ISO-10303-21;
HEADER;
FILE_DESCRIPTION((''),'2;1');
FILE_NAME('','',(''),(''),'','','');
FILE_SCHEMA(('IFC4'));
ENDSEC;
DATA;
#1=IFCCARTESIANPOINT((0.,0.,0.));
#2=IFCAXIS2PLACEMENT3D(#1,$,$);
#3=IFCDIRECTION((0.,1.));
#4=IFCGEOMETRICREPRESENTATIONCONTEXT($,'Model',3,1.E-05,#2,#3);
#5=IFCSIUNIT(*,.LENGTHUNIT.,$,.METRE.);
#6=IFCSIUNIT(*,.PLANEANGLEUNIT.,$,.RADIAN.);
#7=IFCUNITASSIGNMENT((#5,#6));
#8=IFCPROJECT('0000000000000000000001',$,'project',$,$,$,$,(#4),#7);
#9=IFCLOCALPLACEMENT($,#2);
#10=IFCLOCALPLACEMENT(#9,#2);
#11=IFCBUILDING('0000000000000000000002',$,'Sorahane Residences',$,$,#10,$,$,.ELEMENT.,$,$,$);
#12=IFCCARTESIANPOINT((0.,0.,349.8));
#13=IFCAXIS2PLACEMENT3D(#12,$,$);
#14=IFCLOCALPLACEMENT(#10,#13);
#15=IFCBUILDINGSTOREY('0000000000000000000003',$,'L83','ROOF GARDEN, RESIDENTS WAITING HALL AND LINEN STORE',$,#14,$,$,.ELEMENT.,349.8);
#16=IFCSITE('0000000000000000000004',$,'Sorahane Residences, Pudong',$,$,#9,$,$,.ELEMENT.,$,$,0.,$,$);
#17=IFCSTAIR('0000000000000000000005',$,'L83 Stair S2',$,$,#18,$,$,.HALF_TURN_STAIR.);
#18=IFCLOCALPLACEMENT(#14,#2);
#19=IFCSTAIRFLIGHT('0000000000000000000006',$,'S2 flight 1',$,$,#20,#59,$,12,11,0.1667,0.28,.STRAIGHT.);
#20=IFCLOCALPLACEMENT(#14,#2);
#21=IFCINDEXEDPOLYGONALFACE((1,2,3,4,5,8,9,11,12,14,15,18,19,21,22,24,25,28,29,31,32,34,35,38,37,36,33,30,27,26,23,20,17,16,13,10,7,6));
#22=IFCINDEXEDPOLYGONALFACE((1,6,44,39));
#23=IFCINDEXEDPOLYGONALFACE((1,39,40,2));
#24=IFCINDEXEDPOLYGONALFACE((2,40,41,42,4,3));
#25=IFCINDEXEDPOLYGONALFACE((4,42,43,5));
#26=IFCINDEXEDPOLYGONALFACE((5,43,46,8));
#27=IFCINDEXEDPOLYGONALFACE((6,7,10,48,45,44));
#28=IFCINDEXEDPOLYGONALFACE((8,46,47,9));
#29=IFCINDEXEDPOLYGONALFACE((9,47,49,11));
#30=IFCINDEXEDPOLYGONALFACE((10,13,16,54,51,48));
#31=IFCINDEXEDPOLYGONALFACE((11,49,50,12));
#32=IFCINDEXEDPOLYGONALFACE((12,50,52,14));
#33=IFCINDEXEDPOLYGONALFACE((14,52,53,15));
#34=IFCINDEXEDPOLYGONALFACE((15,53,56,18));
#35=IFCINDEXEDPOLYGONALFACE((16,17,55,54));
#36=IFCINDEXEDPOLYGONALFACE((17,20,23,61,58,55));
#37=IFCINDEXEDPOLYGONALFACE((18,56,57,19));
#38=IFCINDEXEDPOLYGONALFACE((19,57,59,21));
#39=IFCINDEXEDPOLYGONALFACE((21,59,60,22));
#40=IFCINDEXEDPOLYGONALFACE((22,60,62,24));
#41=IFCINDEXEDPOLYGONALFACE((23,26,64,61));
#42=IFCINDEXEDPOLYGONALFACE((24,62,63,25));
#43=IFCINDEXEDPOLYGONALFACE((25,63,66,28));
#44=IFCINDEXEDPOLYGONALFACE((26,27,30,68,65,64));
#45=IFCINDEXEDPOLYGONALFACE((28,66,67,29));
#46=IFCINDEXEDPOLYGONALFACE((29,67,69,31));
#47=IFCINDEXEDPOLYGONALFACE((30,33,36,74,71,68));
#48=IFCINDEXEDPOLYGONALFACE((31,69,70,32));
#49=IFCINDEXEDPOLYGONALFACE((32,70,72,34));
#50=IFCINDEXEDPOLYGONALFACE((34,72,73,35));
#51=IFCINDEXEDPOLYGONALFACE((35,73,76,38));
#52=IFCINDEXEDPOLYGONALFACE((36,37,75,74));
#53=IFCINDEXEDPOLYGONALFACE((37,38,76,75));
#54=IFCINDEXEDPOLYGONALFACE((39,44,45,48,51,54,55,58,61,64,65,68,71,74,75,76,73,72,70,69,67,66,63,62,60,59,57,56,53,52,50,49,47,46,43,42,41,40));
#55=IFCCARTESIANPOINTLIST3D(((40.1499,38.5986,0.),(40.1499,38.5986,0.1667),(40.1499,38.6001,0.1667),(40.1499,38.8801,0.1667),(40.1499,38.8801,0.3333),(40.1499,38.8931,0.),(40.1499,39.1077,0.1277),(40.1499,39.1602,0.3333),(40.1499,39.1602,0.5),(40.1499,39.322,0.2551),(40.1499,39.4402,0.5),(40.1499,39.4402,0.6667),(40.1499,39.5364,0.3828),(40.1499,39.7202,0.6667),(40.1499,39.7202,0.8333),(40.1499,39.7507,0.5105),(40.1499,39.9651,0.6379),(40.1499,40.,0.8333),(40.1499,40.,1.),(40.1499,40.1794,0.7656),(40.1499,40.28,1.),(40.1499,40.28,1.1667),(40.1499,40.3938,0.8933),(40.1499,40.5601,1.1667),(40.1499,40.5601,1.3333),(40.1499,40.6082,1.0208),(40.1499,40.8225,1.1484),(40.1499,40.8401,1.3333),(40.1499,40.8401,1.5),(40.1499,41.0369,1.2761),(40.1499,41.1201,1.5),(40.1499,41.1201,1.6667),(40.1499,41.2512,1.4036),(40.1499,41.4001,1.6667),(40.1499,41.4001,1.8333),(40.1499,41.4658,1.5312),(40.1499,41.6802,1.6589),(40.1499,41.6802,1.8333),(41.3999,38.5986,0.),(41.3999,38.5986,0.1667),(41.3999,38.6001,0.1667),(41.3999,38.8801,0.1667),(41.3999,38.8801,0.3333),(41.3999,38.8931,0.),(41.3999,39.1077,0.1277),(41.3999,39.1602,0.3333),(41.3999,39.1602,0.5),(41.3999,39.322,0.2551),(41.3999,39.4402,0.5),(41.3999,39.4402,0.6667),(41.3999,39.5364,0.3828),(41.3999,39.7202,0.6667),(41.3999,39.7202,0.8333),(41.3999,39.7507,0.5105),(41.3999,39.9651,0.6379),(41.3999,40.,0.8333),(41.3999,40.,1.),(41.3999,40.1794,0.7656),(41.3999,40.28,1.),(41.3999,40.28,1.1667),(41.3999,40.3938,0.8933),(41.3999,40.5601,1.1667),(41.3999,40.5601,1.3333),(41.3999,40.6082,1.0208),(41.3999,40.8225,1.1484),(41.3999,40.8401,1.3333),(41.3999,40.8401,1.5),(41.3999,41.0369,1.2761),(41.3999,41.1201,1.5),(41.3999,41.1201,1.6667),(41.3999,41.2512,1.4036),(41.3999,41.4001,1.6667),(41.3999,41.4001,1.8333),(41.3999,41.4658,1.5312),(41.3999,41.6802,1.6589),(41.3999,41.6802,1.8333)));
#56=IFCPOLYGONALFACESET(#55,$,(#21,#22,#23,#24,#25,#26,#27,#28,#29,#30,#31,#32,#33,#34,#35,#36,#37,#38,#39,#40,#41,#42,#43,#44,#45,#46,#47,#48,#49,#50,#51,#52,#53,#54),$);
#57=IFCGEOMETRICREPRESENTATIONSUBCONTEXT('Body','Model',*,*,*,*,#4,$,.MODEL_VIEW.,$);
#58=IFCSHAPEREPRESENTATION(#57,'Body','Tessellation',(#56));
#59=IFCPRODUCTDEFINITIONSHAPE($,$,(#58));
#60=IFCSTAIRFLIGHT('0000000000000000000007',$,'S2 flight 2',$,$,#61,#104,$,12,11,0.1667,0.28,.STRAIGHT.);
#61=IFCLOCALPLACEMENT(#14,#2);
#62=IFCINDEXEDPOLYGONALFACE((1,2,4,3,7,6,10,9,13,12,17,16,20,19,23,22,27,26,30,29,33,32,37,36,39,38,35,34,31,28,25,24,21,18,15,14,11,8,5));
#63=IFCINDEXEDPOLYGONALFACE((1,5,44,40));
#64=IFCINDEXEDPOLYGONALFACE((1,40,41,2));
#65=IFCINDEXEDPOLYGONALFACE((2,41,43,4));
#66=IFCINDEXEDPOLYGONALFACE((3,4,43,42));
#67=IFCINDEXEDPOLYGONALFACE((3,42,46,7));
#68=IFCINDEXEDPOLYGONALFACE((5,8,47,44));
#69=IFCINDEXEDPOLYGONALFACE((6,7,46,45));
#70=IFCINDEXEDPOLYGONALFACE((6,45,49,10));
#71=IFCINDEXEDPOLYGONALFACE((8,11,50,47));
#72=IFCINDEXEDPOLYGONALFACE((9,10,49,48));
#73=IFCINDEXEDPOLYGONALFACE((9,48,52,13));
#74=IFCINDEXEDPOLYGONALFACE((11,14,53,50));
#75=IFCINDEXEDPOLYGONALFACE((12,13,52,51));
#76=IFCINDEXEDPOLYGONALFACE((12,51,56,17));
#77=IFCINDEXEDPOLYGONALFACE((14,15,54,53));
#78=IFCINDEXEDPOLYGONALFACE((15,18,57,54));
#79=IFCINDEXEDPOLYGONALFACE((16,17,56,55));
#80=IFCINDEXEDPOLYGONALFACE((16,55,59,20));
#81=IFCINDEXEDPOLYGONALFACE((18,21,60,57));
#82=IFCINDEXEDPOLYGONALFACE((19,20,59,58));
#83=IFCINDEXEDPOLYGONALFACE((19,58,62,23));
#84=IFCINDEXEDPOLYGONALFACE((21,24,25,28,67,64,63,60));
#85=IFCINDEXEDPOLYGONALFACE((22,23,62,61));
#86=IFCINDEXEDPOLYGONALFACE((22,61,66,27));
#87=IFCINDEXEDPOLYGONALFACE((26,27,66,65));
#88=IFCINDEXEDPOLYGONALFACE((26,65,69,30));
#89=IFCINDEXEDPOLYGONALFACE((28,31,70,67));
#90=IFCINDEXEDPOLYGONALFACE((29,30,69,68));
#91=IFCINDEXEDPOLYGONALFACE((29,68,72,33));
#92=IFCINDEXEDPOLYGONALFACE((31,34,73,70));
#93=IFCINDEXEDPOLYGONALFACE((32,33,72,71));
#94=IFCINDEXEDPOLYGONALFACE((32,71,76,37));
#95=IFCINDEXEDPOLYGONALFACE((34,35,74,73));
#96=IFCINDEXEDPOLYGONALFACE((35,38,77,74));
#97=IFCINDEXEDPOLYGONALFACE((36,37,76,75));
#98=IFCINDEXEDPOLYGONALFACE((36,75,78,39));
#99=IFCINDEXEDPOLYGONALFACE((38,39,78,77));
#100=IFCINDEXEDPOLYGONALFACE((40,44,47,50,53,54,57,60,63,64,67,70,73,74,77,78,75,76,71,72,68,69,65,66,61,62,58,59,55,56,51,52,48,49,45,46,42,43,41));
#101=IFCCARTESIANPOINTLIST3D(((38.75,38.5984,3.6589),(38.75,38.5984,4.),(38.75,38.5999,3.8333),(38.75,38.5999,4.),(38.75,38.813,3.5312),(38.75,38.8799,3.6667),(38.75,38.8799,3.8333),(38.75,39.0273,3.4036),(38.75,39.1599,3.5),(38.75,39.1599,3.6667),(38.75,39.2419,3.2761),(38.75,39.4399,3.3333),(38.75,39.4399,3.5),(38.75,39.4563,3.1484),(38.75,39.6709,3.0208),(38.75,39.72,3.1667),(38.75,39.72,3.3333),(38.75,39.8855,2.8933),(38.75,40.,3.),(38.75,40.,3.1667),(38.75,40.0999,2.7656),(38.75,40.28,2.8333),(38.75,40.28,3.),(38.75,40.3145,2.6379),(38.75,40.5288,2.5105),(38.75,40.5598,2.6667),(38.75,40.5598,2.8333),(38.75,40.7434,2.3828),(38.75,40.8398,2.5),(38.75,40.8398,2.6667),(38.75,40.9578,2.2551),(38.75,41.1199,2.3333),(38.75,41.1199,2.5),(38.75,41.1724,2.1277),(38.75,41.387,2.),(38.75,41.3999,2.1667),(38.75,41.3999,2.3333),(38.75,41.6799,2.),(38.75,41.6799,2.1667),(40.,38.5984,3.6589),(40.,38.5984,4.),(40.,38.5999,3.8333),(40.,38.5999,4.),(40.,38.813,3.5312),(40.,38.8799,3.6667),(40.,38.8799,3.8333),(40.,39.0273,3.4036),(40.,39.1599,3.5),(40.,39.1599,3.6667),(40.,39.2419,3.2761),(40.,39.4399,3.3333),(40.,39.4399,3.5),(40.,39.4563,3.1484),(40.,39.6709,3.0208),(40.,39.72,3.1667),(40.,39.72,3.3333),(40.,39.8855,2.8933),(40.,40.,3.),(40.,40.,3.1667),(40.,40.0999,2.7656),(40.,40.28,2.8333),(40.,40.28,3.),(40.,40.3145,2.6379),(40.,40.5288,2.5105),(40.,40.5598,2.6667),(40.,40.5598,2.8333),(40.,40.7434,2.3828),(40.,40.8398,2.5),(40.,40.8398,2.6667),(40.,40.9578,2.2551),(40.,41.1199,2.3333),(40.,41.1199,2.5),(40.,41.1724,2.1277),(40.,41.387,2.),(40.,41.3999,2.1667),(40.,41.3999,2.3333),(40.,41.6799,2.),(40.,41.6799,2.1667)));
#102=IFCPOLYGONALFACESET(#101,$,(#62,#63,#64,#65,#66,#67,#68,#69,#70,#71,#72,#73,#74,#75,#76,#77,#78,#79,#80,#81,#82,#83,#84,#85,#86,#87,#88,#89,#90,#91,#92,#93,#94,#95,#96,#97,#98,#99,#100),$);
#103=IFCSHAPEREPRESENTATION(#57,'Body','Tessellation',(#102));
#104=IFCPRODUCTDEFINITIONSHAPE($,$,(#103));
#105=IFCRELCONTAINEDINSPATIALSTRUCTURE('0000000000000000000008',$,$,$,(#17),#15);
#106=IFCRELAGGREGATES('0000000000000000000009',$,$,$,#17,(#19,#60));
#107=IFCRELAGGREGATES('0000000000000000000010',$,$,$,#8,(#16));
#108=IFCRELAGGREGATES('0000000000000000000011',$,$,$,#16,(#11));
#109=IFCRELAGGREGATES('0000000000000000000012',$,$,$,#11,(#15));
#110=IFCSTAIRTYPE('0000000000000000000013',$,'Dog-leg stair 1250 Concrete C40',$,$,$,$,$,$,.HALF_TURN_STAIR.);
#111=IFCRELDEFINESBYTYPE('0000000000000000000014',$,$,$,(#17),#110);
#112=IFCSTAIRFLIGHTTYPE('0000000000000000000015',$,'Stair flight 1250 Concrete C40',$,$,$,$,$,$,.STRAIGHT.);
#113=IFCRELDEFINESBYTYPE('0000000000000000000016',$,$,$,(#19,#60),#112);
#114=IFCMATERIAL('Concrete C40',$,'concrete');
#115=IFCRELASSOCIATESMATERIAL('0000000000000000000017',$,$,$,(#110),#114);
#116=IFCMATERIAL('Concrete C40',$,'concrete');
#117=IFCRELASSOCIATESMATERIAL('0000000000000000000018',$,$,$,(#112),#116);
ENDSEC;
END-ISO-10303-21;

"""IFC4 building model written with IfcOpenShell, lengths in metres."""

from ifc_helpers import new_model, si_unit, direction, frame, origin, place, context, subcontext, project, spatial, polyline, outline, extrude, material, type_object, element, aggregate, save


model = new_model("IFC4")

# Units and contexts
model_context = context("Model", 3, precision=1e-05, world=origin(), true_north=direction((0.0, 1.0)))
body_context = subcontext(model_context, "Body", "Model", "MODEL_VIEW")
ifc_project = project(units=[si_unit("LENGTHUNIT", "METRE"), si_unit("PLANEANGLEUNIT", "RADIAN")], contexts=[model_context])

# Site, building, storey
site_placement = place(None, origin())
site = spatial("IfcSite", under=ifc_project, at=site_placement, Name="Sorahane Residences, Pudong", CompositionType="ELEMENT", RefElevation=0.0)
building_placement = place(site_placement, origin())
building = spatial("IfcBuilding", under=site, at=building_placement, Name="Sorahane Residences", CompositionType="ELEMENT")
storey_placement = place(building_placement, frame((0.0, 0.0, 349.8)))
storey = spatial("IfcBuildingStorey", under=building, at=storey_placement, Name="L83", Description="ROOF GARDEN, RESIDENTS WAITING HALL AND LINEN STORE", CompositionType="ELEMENT", Elevation=349.8)

# Stair, stair flights
ifc_material_1 = material(Name="Concrete C40", Category="concrete")
stair_type = type_object("IfcStairType", Name="Dog-leg stair 1250 Concrete C40", PredefinedType="HALF_TURN_STAIR", material=ifc_material_1)
stair_placement = place(storey_placement, origin())
stair = element("IfcStair", 1, at=stair_placement, inside=storey, type_object=stair_type, Name="L83 Stair S2", PredefinedType="HALF_TURN_STAIR")
ifc_material_2 = material(Name="Concrete C40", Category="concrete")
stair_flight_type = type_object("IfcStairFlightType", Name="Stair flight 1250 Concrete C40", PredefinedType="STRAIGHT", material=ifc_material_2)
stair_flight_1_placement = place(storey_placement, frame((40.7749, 38.6001, 0.0), z_axis=(0.0, 0.0, 1.0), x_axis=(0.0, 1.0, 0.0)))
stair_flight_1 = element("IfcStairFlight", 2, at=stair_flight_1_placement, type_object=stair_flight_type, Name="S2 flight 1", NumberOfRisers=12, NumberOfTreads=11, PredefinedType="STRAIGHT", RiserHeight=0.1667, TreadLength=0.28, context=body_context, shape_type="SweptSolid", body=[
    extrude(outline(polyline([(-0.0015, 0.0), (-0.0015, 0.1667), (0.0, 0.1667), (0.28, 0.1667), (0.28, 0.3333), (0.5601, 0.3333), (0.5601, 0.5), (0.8401, 0.5), (0.8401, 0.6667), (1.1201, 0.6667), (1.1201, 0.8333), (1.3999, 0.8333), (1.3999, 1.0), (1.6799, 1.0), (1.6799, 1.1667), (1.96, 1.1667), (1.96, 1.3333), (2.24, 1.3333), (2.24, 1.5), (2.52, 1.5), (2.52, 1.6667), (2.8, 1.6667), (2.8, 1.8333), (3.0801, 1.8333), (3.0801, 2.0), (3.0801, 1.6589), (2.8657, 1.5312), (2.6511, 1.4036), (2.4368, 1.2761), (2.2224, 1.1484), (2.0081, 1.0208), (1.7937, 0.8933), (1.5793, 0.7656), (1.365, 0.6379), (1.1506, 0.5105), (0.9363, 0.3828), (0.7219, 0.2551), (0.5076, 0.1277), (0.293, 0.0), (-0.0015, 0.0)])), frame((0.0, 0.625, 0.0), z_axis=(0.0, -1.0, 0.0), x_axis=(1.0, 0.0, 0.0)), (0.0, 0.0, 1.0), 1.25),
])
stair_flight_2_placement = place(storey_placement, frame((39.375, 41.6799, 2.0), z_axis=(0.0, 0.0, 1.0), x_axis=(0.0, -1.0, 0.0)))
stair_flight_2 = element("IfcStairFlight", 3, at=stair_flight_2_placement, type_object=stair_flight_type, Name="S2 flight 2", NumberOfRisers=12, NumberOfTreads=11, PredefinedType="STRAIGHT", RiserHeight=0.1667, TreadLength=0.28, context=body_context, shape_type="SweptSolid", body=[
    extrude(outline(polyline([(0.0, 0.0), (0.0, 0.1667), (0.28, 0.1667), (0.28, 0.3333), (0.5601, 0.3333), (0.5601, 0.5), (0.8401, 0.5), (0.8401, 0.6667), (1.1201, 0.6667), (1.1201, 0.8333), (1.3999, 0.8333), (1.3999, 1.0), (1.6799, 1.0), (1.6799, 1.1667), (1.96, 1.1667), (1.96, 1.3333), (2.24, 1.3333), (2.24, 1.5), (2.52, 1.5), (2.52, 1.6667), (2.8, 1.6667), (2.8, 1.8333), (3.0801, 1.8333), (3.0801, 2.0), (3.0815, 2.0), (3.0815, 1.6589), (2.8669, 1.5312), (2.6526, 1.4036), (2.438, 1.2761), (2.2236, 1.1484), (2.009, 1.0208), (1.7944, 0.8933), (1.5801, 0.7656), (1.3655, 0.6379), (1.1511, 0.5105), (0.9365, 0.3828), (0.7222, 0.2551), (0.5076, 0.1277), (0.293, 0.0), (0.0, 0.0)])), frame((0.0, 0.625, 0.0), z_axis=(0.0, -1.0, 0.0), x_axis=(1.0, 0.0, 0.0)), (0.0, 0.0, 1.0), 1.25),
])
aggregate(stair, [stair_flight_1, stair_flight_2])

save(model, "model.ifc")
